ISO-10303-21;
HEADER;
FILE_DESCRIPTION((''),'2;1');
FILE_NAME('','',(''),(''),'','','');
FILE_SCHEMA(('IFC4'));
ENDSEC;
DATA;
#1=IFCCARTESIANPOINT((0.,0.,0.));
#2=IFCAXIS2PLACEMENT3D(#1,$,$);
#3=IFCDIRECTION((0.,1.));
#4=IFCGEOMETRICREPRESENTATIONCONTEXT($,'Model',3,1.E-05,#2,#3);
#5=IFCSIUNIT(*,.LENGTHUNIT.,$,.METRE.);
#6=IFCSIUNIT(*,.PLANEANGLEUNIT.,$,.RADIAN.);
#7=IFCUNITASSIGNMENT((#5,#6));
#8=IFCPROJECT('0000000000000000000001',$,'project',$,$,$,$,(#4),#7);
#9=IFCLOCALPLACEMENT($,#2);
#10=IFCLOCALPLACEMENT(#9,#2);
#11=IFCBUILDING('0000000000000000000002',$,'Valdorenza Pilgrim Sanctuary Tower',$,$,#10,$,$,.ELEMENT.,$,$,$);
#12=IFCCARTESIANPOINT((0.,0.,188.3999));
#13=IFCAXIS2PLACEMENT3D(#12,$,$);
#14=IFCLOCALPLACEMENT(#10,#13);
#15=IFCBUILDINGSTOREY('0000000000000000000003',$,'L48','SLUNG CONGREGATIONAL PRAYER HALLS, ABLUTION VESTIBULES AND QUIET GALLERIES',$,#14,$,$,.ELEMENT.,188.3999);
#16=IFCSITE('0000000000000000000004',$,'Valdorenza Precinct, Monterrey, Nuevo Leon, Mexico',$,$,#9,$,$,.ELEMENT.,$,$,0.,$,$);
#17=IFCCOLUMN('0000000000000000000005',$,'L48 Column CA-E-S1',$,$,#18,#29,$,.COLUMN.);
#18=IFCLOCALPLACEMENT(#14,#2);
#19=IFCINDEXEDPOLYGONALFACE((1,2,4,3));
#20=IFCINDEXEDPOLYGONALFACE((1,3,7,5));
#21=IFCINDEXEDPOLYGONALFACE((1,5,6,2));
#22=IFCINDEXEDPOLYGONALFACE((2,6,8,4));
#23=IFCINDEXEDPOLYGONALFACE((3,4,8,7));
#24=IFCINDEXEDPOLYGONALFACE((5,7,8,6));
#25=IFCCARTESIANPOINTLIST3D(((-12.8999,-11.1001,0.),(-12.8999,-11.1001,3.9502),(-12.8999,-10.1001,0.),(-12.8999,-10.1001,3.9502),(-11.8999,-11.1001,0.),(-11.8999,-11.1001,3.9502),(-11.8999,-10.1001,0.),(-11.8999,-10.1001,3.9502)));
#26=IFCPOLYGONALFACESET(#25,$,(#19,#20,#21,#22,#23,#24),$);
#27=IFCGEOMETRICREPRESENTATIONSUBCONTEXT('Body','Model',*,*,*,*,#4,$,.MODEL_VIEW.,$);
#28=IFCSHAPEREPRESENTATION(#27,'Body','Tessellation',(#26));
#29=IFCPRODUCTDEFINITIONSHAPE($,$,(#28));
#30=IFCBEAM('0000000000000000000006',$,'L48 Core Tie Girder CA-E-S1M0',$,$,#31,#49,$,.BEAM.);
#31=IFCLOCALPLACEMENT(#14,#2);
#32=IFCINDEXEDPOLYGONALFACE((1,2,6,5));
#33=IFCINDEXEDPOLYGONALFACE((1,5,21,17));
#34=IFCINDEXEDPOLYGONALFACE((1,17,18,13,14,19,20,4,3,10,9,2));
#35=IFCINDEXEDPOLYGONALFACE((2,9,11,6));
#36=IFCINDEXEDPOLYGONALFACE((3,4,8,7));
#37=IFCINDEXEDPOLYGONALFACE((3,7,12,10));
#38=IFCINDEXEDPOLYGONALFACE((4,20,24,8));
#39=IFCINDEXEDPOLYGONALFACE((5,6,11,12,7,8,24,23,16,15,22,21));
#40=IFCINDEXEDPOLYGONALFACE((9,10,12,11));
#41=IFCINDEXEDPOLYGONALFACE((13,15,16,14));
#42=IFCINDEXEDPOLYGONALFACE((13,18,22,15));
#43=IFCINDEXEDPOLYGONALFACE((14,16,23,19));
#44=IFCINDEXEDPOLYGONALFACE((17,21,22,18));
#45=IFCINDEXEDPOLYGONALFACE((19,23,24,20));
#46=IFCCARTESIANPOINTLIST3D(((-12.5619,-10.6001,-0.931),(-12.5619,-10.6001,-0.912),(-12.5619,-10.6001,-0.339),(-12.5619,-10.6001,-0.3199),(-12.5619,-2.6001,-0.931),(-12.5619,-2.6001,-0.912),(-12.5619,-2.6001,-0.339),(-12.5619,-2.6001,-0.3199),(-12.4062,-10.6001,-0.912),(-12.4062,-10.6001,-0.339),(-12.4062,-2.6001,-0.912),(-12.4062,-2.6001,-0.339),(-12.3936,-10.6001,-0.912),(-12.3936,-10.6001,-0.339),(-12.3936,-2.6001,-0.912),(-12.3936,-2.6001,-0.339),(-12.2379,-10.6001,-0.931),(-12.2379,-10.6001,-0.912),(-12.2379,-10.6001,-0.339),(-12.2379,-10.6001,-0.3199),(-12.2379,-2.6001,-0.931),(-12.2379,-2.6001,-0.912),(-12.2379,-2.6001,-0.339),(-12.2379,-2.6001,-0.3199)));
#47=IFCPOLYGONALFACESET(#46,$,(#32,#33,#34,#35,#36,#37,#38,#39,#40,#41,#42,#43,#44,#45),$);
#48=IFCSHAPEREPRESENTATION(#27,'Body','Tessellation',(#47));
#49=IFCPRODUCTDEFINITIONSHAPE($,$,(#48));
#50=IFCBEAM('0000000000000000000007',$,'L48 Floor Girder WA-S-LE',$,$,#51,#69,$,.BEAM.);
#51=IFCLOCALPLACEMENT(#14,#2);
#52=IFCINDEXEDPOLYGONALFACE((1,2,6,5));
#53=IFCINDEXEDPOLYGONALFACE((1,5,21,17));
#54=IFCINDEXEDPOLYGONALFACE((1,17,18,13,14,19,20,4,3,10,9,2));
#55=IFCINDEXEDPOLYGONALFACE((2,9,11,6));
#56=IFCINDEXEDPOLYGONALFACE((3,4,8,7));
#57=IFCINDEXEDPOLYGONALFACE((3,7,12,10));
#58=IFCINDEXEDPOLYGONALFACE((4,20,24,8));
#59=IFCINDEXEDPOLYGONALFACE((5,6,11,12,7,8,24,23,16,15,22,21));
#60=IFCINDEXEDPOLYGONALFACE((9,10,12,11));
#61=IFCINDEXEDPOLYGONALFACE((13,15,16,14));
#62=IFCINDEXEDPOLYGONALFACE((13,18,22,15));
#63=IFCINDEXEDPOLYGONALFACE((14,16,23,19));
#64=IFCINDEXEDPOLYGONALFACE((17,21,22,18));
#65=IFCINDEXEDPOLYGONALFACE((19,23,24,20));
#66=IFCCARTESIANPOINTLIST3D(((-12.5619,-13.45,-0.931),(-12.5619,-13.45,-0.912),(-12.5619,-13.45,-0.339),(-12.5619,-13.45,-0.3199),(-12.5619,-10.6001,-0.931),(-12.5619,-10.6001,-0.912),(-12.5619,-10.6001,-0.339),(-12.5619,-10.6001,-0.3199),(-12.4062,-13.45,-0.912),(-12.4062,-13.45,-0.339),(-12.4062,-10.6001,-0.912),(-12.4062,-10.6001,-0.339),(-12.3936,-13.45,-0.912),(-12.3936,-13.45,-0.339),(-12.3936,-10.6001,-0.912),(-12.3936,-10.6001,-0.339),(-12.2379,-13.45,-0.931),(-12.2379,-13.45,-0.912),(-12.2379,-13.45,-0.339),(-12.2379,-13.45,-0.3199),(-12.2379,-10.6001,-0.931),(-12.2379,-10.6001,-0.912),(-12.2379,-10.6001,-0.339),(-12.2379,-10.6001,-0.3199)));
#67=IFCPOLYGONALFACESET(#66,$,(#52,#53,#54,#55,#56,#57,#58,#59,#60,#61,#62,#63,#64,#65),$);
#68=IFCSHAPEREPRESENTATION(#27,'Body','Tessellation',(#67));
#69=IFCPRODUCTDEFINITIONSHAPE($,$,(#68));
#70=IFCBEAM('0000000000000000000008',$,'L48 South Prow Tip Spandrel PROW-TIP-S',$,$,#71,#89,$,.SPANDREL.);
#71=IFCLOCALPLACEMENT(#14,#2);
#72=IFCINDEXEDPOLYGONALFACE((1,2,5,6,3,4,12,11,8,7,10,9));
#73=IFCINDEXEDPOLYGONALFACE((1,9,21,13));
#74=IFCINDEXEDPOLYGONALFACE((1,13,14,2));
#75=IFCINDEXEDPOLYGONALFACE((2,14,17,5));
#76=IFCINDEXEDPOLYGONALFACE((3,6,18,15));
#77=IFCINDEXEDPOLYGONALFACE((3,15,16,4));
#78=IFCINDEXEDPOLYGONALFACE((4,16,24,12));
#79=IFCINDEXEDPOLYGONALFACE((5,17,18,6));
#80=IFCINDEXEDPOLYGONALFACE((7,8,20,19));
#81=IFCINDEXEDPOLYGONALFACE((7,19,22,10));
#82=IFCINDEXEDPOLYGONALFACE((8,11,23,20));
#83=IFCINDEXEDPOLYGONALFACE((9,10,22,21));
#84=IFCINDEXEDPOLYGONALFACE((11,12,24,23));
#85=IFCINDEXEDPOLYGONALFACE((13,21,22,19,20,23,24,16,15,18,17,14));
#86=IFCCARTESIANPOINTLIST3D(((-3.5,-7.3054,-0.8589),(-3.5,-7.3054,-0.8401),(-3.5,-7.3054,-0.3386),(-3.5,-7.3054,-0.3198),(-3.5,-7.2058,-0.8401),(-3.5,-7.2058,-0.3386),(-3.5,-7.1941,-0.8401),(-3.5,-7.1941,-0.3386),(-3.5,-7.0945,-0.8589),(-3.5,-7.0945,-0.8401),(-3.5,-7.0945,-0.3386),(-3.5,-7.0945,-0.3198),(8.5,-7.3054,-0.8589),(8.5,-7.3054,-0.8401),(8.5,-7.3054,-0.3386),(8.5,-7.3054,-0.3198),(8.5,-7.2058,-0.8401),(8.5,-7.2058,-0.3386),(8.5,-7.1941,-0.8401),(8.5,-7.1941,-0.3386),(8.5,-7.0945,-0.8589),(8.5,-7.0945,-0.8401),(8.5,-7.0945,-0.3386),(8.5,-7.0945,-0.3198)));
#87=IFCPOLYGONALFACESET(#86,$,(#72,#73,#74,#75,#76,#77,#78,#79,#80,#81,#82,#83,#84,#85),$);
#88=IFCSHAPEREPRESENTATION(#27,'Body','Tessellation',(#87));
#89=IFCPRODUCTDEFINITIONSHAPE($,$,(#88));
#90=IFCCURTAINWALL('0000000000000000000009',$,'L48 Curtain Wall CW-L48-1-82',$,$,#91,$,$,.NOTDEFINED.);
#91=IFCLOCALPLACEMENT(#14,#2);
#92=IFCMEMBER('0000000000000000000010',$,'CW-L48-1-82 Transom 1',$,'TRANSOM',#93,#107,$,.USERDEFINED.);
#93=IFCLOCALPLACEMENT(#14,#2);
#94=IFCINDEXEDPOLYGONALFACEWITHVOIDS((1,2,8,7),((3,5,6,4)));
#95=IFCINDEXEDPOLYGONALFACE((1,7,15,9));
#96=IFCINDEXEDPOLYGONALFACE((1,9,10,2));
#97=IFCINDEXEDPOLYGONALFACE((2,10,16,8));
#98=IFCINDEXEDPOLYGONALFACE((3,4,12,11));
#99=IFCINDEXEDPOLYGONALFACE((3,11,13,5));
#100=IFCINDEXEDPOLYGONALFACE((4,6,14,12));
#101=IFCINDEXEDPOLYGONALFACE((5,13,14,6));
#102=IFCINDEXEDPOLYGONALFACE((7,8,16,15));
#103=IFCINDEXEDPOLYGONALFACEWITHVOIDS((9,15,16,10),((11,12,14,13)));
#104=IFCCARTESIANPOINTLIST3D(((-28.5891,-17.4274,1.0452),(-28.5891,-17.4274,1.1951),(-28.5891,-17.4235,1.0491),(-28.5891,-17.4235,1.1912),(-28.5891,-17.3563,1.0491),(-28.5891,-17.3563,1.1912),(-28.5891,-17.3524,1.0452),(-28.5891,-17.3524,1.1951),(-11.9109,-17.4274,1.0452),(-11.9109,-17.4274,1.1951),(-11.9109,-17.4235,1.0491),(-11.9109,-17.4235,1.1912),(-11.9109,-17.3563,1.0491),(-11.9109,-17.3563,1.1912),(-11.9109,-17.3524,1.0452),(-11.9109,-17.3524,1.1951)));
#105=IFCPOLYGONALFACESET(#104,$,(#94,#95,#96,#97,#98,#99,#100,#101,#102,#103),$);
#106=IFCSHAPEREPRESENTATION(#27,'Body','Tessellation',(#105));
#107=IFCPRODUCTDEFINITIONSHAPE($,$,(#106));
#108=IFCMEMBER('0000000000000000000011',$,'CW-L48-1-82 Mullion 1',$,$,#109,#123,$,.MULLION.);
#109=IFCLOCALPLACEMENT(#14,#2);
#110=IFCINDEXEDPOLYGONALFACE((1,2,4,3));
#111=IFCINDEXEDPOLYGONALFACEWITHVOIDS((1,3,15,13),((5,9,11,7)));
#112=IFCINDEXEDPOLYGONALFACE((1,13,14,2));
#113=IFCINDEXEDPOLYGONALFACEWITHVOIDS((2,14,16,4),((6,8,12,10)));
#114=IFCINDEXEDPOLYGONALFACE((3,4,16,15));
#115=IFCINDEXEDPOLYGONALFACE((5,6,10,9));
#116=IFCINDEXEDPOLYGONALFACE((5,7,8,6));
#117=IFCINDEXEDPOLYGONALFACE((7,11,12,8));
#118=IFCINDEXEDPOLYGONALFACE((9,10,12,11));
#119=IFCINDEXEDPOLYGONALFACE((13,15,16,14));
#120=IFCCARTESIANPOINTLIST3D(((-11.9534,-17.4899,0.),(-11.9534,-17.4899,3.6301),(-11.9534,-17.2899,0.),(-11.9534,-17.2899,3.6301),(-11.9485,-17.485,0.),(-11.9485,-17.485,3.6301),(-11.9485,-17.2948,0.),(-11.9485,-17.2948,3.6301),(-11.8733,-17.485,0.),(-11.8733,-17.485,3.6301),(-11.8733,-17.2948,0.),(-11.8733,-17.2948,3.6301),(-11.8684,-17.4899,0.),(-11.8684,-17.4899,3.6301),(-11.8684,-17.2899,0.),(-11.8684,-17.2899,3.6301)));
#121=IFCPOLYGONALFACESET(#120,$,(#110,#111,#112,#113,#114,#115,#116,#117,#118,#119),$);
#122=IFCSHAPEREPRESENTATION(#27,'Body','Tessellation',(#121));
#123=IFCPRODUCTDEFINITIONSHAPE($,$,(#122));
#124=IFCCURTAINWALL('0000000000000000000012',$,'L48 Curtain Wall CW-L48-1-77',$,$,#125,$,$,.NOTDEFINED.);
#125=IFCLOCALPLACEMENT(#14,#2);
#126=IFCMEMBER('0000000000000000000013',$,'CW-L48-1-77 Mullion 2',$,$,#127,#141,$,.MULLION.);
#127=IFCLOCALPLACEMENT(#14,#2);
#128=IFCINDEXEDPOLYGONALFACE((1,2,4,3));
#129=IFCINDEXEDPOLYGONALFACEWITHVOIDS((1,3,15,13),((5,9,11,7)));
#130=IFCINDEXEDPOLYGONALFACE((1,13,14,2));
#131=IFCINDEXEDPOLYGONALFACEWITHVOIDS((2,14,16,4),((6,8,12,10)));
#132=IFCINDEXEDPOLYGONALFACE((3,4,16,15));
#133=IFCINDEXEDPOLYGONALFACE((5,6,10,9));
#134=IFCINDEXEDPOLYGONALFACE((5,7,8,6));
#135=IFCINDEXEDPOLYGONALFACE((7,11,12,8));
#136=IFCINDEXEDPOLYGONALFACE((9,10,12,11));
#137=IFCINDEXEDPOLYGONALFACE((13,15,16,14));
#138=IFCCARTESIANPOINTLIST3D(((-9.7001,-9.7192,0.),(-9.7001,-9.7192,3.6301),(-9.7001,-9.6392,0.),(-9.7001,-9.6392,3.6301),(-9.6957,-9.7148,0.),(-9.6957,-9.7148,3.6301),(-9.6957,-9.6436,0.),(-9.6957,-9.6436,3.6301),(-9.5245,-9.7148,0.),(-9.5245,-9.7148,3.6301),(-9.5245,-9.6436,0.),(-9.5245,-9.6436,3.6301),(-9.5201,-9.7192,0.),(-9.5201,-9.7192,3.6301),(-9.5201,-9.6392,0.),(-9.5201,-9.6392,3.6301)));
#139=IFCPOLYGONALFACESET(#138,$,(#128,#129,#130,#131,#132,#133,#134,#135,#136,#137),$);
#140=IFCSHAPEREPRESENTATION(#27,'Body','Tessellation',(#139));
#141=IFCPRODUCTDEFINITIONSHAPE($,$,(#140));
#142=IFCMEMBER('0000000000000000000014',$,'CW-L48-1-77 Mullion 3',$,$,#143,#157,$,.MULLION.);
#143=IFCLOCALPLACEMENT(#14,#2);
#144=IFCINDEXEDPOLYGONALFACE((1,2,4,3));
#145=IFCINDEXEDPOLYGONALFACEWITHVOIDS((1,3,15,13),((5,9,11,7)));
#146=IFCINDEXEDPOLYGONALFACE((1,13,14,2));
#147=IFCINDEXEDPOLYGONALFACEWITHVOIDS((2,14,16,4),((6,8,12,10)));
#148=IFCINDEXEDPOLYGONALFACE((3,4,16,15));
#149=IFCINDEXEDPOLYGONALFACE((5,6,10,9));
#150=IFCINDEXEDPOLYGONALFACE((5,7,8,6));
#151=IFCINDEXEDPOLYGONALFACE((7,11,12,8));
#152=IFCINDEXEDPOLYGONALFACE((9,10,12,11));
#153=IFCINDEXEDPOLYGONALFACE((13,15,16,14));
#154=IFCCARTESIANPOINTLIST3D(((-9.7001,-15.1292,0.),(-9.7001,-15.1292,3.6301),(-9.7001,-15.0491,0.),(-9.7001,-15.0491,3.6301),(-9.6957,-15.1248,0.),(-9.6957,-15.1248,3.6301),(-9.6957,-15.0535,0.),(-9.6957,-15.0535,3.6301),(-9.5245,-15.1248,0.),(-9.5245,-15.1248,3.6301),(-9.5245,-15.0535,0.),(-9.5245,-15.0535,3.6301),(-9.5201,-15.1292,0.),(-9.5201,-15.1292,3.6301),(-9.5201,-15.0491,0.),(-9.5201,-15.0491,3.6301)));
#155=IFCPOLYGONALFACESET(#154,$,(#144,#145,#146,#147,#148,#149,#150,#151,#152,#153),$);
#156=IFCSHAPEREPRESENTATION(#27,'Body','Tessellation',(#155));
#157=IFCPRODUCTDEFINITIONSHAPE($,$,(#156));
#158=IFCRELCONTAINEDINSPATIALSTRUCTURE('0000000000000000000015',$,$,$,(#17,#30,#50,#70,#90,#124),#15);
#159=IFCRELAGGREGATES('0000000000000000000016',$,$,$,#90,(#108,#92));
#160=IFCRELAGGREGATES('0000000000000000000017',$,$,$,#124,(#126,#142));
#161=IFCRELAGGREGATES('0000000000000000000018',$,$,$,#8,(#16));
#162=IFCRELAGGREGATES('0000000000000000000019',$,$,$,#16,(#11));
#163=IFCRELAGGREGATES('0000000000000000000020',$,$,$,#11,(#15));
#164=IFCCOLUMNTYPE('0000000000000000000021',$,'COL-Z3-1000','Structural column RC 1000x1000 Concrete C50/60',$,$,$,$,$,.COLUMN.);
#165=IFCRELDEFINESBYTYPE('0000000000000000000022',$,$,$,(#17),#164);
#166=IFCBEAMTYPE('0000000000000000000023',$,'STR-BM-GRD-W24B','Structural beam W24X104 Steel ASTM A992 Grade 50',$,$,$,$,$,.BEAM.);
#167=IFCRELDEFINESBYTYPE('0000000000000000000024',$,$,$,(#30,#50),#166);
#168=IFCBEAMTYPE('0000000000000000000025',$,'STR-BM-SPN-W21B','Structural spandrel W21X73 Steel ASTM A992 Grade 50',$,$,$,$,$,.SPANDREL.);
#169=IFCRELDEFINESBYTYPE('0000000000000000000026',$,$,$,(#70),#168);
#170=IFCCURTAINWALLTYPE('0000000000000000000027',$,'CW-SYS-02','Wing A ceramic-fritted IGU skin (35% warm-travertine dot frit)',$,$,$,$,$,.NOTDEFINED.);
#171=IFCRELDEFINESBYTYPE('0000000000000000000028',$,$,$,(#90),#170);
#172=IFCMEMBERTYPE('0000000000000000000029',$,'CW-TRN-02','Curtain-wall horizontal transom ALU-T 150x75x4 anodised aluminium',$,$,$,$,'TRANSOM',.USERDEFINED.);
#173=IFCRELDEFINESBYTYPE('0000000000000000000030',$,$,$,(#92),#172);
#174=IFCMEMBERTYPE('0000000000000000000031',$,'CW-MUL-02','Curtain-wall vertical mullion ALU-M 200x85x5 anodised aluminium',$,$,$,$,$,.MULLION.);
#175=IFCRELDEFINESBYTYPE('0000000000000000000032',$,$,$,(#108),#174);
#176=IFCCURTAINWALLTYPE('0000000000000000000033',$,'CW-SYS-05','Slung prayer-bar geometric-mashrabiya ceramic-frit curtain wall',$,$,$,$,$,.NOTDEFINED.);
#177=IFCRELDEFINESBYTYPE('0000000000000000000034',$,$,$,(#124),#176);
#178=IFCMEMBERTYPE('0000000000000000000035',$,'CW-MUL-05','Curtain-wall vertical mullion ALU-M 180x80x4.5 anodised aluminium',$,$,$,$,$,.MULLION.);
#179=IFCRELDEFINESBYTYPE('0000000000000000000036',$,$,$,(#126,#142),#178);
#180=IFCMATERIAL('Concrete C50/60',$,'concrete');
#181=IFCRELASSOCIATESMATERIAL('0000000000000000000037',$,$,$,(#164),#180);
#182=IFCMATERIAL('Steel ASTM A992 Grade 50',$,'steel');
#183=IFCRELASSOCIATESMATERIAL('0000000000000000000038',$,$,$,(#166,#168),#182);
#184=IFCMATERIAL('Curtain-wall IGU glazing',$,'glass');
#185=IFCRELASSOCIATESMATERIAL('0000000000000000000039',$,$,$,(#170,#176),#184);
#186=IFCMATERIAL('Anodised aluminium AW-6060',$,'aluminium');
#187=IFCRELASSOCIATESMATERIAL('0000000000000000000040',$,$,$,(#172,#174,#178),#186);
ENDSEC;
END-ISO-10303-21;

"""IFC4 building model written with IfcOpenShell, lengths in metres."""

from ifc_helpers import new_model, si_unit, direction, frame, origin, origin_2d, place, context, subcontext, project, spatial, rectangle, hollow_rectangle, i_section, extrude, source, transform, mapped, material, material_profile, profile_set, type_object, element, aggregate, save


model = new_model("IFC4")

# Units and contexts
model_context = context("Model", 3, precision=1e-05, world=origin(), true_north=direction((0.0, 1.0)))
body_context = subcontext(model_context, "Body", "Model", "MODEL_VIEW")
ifc_project = project(units=[si_unit("LENGTHUNIT", "METRE"), si_unit("PLANEANGLEUNIT", "RADIAN")], contexts=[model_context])

# Site, building, storey
site_placement = place(None, origin())
site = spatial("IfcSite", under=ifc_project, at=site_placement, Name="Valdorenza Precinct, Monterrey, Nuevo Leon, Mexico", CompositionType="ELEMENT", RefElevation=0.0)
building_placement = place(site_placement, origin())
building = spatial("IfcBuilding", under=site, at=building_placement, Name="Valdorenza Pilgrim Sanctuary Tower", CompositionType="ELEMENT")
storey_placement = place(building_placement, frame((0.0, 0.0, 188.3999)))
storey = spatial("IfcBuildingStorey", under=building, at=storey_placement, Name="L48", Description="SLUNG CONGREGATIONAL PRAYER HALLS, ABLUTION VESTIBULES AND QUIET GALLERIES", CompositionType="ELEMENT", Elevation=188.3999)

# Column
ifc_material_1 = material(Name="Concrete C50/60", Category="concrete")
ifc_material_profile_1 = material_profile(ifc_material_1, rectangle(XDim=1.0, YDim=1.0, at=origin_2d()), Name="RC 1000x1000")
ifc_profile_set_1 = profile_set([ifc_material_profile_1], Name="Concrete C50/60")
column_type = type_object("IfcColumnType", Name="COL-Z3-1000", Description="Structural column RC 1000x1000 Concrete C50/60", PredefinedType="COLUMN", material=ifc_profile_set_1)
shared_shape_1 = source(origin(), body_context, "Body", "SweptSolid", [
    extrude(rectangle(XDim=1.0, YDim=1.0, at=origin_2d()), origin(), (0.0, 0.0, 1.0), 3.9502),
])
column_placement = place(storey_placement, frame((-12.3999, -10.6001, 0.0), z_axis=(0.0, 0.0, 1.0), x_axis=(1.0, 0.0, 0.0)))
element("IfcColumn", 1, at=column_placement, inside=storey, type_object=column_type, Name="L48 Column CA-E-S1", PredefinedType="COLUMN", context=body_context, shape_type="MappedRepresentation", body=[
    mapped(shared_shape_1, transform((0.0, 0.0, 0.0), x_axis=(1.0, 0.0, 0.0), y_axis=(0.0, 1.0, 0.0), z_axis=(0.0, 0.0, 1.0), scale=1.0)),
])

# Beams
ifc_material_2 = material(Name="Steel ASTM A992 Grade 50", Category="steel")
ifc_material_profile_2 = material_profile(ifc_material_2, i_section(OverallWidth=0.324, OverallDepth=0.6111, WebThickness=0.0127, FlangeThickness=0.019, at=origin_2d()), Name="W24X104")
ifc_profile_set_2 = profile_set([ifc_material_profile_2], Name="Steel ASTM A992 Grade 50")
beam_type_1 = type_object("IfcBeamType", Name="STR-BM-GRD-W24B", Description="Structural beam W24X104 Steel ASTM A992 Grade 50", PredefinedType="BEAM", material=ifc_profile_set_2)
shared_shape_2 = source(origin(), body_context, "Body", "SweptSolid", [
    extrude(i_section(OverallWidth=0.324, OverallDepth=0.6111, WebThickness=0.0127, FlangeThickness=0.019, at=origin_2d()), origin(), (0.0, 0.0, 1.0), 8.0),
])
beam_1_placement = place(storey_placement, frame((-12.3999, -10.6001, -0.6255), z_axis=(0.0, 1.0, 0.0), x_axis=(-1.0, 0.0, 0.0)))
element("IfcBeam", 2, at=beam_1_placement, inside=storey, type_object=beam_type_1, Name="L48 Core Tie Girder CA-E-S1M0", PredefinedType="BEAM", context=body_context, shape_type="MappedRepresentation", body=[
    mapped(shared_shape_2, transform((0.0, 0.0, 0.0), x_axis=(1.0, 0.0, 0.0), y_axis=(0.0, 1.0, 0.0), z_axis=(0.0, 0.0, 1.0), scale=1.0)),
])
shared_shape_3 = source(origin(), body_context, "Body", "SweptSolid", [
    extrude(i_section(OverallWidth=0.324, OverallDepth=0.6111, WebThickness=0.0127, FlangeThickness=0.019, at=origin_2d()), origin(), (0.0, 0.0, 1.0), 2.8499),
])
beam_2_placement = place(storey_placement, frame((-12.3999, -13.45, -0.6255), z_axis=(0.0, 1.0, 0.0), x_axis=(-1.0, 0.0, 0.0)))
element("IfcBeam", 3, at=beam_2_placement, inside=storey, type_object=beam_type_1, Name="L48 Floor Girder WA-S-LE", PredefinedType="BEAM", context=body_context, shape_type="MappedRepresentation", body=[
    mapped(shared_shape_3, transform((0.0, 0.0, 0.0), x_axis=(1.0, 0.0, 0.0), y_axis=(0.0, 1.0, 0.0), z_axis=(0.0, 0.0, 1.0), scale=1.0)),
])
ifc_material_profile_3 = material_profile(ifc_material_2, i_section(OverallWidth=0.2109, OverallDepth=0.5391, WebThickness=0.0117, FlangeThickness=0.0188, at=origin_2d()), Name="W21X73")
ifc_profile_set_3 = profile_set([ifc_material_profile_3], Name="Steel ASTM A992 Grade 50")
beam_type_2 = type_object("IfcBeamType", Name="STR-BM-SPN-W21B", Description="Structural spandrel W21X73 Steel ASTM A992 Grade 50", PredefinedType="SPANDREL", material=ifc_profile_set_3)
shared_shape_4 = source(origin(), body_context, "Body", "SweptSolid", [
    extrude(i_section(OverallWidth=0.2109, OverallDepth=0.5391, WebThickness=0.0117, FlangeThickness=0.0188, at=origin_2d()), origin(), (0.0, 0.0, 1.0), 12.0),
])
beam_3_placement = place(storey_placement, frame((-3.5, -7.2, -0.5894), z_axis=(1.0, 0.0, 0.0), x_axis=(0.0, 1.0, 0.0)))
element("IfcBeam", 4, at=beam_3_placement, inside=storey, type_object=beam_type_2, Name="L48 South Prow Tip Spandrel PROW-TIP-S", PredefinedType="SPANDREL", context=body_context, shape_type="MappedRepresentation", body=[
    mapped(shared_shape_4, transform((0.0, 0.0, 0.0), x_axis=(1.0, 0.0, 0.0), y_axis=(0.0, 1.0, 0.0), z_axis=(0.0, 0.0, 1.0), scale=1.0)),
])

# Curtain walls, members
ifc_material_3 = material(Name="Curtain-wall IGU glazing", Category="glass")
curtain_wall_type_1 = type_object("IfcCurtainWallType", Name="CW-SYS-02", Description="Wing A ceramic-fritted IGU skin (35% warm-travertine dot frit)", PredefinedType="NOTDEFINED", material=ifc_material_3)
curtain_wall_1_placement = place(storey_placement, origin())
curtain_wall_1 = element("IfcCurtainWall", 5, at=curtain_wall_1_placement, inside=storey, type_object=curtain_wall_type_1, Name="L48 Curtain Wall CW-L48-1-82", PredefinedType="NOTDEFINED")
ifc_material_4 = material(Name="Anodised aluminium AW-6060", Category="aluminium")
ifc_material_profile_4 = material_profile(ifc_material_4, hollow_rectangle(XDim=0.075, YDim=0.1499, WallThickness=0.0039, at=origin_2d()), Name="ALU-T 150x75x4")
ifc_profile_set_4 = profile_set([ifc_material_profile_4], Name="Anodised aluminium AW-6060")
member_type_1 = type_object("IfcMemberType", Name="CW-TRN-02", Description="Curtain-wall horizontal transom ALU-T 150x75x4 anodised aluminium", ElementType="TRANSOM", PredefinedType="USERDEFINED", material=ifc_profile_set_4)
shared_shape_5 = source(origin(), body_context, "Body", "SweptSolid", [
    extrude(hollow_rectangle(XDim=0.075, YDim=0.1499, WallThickness=0.0039, at=origin_2d()), origin(), (0.0, 0.0, 1.0), 16.6782),
])
member_1_placement = place(storey_placement, frame((-11.9109, -17.3899, 1.1201), z_axis=(-1.0, 0.0, 0.0), x_axis=(0.0, -1.0, 0.0)))
member_1 = element("IfcMember", 6, at=member_1_placement, type_object=member_type_1, Name="CW-L48-1-82 Transom 1", ObjectType="TRANSOM", PredefinedType="USERDEFINED", context=body_context, shape_type="MappedRepresentation", body=[
    mapped(shared_shape_5, transform((0.0, 0.0, 0.0), x_axis=(1.0, 0.0, 0.0), y_axis=(0.0, 1.0, 0.0), z_axis=(0.0, 0.0, 1.0), scale=1.0)),
])
ifc_material_profile_5 = material_profile(ifc_material_4, hollow_rectangle(XDim=0.085, YDim=0.2, WallThickness=0.0049, at=origin_2d()), Name="ALU-M 200x85x5")
ifc_profile_set_5 = profile_set([ifc_material_profile_5], Name="Anodised aluminium AW-6060")
member_type_2 = type_object("IfcMemberType", Name="CW-MUL-02", Description="Curtain-wall vertical mullion ALU-M 200x85x5 anodised aluminium", PredefinedType="MULLION", material=ifc_profile_set_5)
shared_shape_6 = source(origin(), body_context, "Body", "SweptSolid", [
    extrude(hollow_rectangle(XDim=0.085, YDim=0.2, WallThickness=0.0049, at=origin_2d()), origin(), (0.0, 0.0, 1.0), 3.6301),
])
member_2_placement = place(storey_placement, frame((-11.9109, -17.3899, 0.0), z_axis=(0.0, 0.0, 1.0), x_axis=(-1.0, 0.0, 0.0)))
member_2 = element("IfcMember", 7, at=member_2_placement, type_object=member_type_2, Name="CW-L48-1-82 Mullion 1", PredefinedType="MULLION", context=body_context, shape_type="MappedRepresentation", body=[
    mapped(shared_shape_6, transform((0.0, 0.0, 0.0), x_axis=(1.0, 0.0, 0.0), y_axis=(0.0, 1.0, 0.0), z_axis=(0.0, 0.0, 1.0), scale=1.0)),
])
aggregate(curtain_wall_1, [member_2, member_1])
curtain_wall_type_2 = type_object("IfcCurtainWallType", Name="CW-SYS-05", Description="Slung prayer-bar geometric-mashrabiya ceramic-frit curtain wall", PredefinedType="NOTDEFINED", material=ifc_material_3)
curtain_wall_2_placement = place(storey_placement, origin())
curtain_wall_2 = element("IfcCurtainWall", 8, at=curtain_wall_2_placement, inside=storey, type_object=curtain_wall_type_2, Name="L48 Curtain Wall CW-L48-1-77", PredefinedType="NOTDEFINED")
ifc_material_profile_6 = material_profile(ifc_material_4, hollow_rectangle(XDim=0.0801, YDim=0.1799, WallThickness=0.0044, at=origin_2d()), Name="ALU-M 180x80x4.5")
ifc_profile_set_6 = profile_set([ifc_material_profile_6], Name="Anodised aluminium AW-6060")
member_type_3 = type_object("IfcMemberType", Name="CW-MUL-05", Description="Curtain-wall vertical mullion ALU-M 180x80x4.5 anodised aluminium", PredefinedType="MULLION", material=ifc_profile_set_6)
shared_shape_7 = source(origin(), body_context, "Body", "SweptSolid", [
    extrude(hollow_rectangle(XDim=0.0801, YDim=0.1799, WallThickness=0.0044, at=origin_2d()), origin(), (0.0, 0.0, 1.0), 3.6301),
])
member_3_placement = place(storey_placement, frame((-9.6101, -9.6792, 0.0), z_axis=(0.0, 0.0, 1.0), x_axis=(0.0, -1.0, 0.0)))
member_3 = element("IfcMember", 9, at=member_3_placement, type_object=member_type_3, Name="CW-L48-1-77 Mullion 2", PredefinedType="MULLION", context=body_context, shape_type="MappedRepresentation", body=[
    mapped(shared_shape_7, transform((0.0, 0.0, 0.0), x_axis=(1.0, 0.0, 0.0), y_axis=(0.0, 1.0, 0.0), z_axis=(0.0, 0.0, 1.0), scale=1.0)),
])
member_4_placement = place(storey_placement, frame((-9.6101, -15.0891, 0.0), z_axis=(0.0, 0.0, 1.0), x_axis=(0.0, -1.0, 0.0)))
member_4 = element("IfcMember", 10, at=member_4_placement, type_object=member_type_3, Name="CW-L48-1-77 Mullion 3", PredefinedType="MULLION", context=body_context, shape_type="MappedRepresentation", body=[
    mapped(shared_shape_7, transform((0.0, 0.0, 0.0), x_axis=(1.0, 0.0, 0.0), y_axis=(0.0, 1.0, 0.0), z_axis=(0.0, 0.0, 1.0), scale=1.0)),
])

aggregate(curtain_wall_2, [member_3, member_4])

save(model, "model.ifc")
